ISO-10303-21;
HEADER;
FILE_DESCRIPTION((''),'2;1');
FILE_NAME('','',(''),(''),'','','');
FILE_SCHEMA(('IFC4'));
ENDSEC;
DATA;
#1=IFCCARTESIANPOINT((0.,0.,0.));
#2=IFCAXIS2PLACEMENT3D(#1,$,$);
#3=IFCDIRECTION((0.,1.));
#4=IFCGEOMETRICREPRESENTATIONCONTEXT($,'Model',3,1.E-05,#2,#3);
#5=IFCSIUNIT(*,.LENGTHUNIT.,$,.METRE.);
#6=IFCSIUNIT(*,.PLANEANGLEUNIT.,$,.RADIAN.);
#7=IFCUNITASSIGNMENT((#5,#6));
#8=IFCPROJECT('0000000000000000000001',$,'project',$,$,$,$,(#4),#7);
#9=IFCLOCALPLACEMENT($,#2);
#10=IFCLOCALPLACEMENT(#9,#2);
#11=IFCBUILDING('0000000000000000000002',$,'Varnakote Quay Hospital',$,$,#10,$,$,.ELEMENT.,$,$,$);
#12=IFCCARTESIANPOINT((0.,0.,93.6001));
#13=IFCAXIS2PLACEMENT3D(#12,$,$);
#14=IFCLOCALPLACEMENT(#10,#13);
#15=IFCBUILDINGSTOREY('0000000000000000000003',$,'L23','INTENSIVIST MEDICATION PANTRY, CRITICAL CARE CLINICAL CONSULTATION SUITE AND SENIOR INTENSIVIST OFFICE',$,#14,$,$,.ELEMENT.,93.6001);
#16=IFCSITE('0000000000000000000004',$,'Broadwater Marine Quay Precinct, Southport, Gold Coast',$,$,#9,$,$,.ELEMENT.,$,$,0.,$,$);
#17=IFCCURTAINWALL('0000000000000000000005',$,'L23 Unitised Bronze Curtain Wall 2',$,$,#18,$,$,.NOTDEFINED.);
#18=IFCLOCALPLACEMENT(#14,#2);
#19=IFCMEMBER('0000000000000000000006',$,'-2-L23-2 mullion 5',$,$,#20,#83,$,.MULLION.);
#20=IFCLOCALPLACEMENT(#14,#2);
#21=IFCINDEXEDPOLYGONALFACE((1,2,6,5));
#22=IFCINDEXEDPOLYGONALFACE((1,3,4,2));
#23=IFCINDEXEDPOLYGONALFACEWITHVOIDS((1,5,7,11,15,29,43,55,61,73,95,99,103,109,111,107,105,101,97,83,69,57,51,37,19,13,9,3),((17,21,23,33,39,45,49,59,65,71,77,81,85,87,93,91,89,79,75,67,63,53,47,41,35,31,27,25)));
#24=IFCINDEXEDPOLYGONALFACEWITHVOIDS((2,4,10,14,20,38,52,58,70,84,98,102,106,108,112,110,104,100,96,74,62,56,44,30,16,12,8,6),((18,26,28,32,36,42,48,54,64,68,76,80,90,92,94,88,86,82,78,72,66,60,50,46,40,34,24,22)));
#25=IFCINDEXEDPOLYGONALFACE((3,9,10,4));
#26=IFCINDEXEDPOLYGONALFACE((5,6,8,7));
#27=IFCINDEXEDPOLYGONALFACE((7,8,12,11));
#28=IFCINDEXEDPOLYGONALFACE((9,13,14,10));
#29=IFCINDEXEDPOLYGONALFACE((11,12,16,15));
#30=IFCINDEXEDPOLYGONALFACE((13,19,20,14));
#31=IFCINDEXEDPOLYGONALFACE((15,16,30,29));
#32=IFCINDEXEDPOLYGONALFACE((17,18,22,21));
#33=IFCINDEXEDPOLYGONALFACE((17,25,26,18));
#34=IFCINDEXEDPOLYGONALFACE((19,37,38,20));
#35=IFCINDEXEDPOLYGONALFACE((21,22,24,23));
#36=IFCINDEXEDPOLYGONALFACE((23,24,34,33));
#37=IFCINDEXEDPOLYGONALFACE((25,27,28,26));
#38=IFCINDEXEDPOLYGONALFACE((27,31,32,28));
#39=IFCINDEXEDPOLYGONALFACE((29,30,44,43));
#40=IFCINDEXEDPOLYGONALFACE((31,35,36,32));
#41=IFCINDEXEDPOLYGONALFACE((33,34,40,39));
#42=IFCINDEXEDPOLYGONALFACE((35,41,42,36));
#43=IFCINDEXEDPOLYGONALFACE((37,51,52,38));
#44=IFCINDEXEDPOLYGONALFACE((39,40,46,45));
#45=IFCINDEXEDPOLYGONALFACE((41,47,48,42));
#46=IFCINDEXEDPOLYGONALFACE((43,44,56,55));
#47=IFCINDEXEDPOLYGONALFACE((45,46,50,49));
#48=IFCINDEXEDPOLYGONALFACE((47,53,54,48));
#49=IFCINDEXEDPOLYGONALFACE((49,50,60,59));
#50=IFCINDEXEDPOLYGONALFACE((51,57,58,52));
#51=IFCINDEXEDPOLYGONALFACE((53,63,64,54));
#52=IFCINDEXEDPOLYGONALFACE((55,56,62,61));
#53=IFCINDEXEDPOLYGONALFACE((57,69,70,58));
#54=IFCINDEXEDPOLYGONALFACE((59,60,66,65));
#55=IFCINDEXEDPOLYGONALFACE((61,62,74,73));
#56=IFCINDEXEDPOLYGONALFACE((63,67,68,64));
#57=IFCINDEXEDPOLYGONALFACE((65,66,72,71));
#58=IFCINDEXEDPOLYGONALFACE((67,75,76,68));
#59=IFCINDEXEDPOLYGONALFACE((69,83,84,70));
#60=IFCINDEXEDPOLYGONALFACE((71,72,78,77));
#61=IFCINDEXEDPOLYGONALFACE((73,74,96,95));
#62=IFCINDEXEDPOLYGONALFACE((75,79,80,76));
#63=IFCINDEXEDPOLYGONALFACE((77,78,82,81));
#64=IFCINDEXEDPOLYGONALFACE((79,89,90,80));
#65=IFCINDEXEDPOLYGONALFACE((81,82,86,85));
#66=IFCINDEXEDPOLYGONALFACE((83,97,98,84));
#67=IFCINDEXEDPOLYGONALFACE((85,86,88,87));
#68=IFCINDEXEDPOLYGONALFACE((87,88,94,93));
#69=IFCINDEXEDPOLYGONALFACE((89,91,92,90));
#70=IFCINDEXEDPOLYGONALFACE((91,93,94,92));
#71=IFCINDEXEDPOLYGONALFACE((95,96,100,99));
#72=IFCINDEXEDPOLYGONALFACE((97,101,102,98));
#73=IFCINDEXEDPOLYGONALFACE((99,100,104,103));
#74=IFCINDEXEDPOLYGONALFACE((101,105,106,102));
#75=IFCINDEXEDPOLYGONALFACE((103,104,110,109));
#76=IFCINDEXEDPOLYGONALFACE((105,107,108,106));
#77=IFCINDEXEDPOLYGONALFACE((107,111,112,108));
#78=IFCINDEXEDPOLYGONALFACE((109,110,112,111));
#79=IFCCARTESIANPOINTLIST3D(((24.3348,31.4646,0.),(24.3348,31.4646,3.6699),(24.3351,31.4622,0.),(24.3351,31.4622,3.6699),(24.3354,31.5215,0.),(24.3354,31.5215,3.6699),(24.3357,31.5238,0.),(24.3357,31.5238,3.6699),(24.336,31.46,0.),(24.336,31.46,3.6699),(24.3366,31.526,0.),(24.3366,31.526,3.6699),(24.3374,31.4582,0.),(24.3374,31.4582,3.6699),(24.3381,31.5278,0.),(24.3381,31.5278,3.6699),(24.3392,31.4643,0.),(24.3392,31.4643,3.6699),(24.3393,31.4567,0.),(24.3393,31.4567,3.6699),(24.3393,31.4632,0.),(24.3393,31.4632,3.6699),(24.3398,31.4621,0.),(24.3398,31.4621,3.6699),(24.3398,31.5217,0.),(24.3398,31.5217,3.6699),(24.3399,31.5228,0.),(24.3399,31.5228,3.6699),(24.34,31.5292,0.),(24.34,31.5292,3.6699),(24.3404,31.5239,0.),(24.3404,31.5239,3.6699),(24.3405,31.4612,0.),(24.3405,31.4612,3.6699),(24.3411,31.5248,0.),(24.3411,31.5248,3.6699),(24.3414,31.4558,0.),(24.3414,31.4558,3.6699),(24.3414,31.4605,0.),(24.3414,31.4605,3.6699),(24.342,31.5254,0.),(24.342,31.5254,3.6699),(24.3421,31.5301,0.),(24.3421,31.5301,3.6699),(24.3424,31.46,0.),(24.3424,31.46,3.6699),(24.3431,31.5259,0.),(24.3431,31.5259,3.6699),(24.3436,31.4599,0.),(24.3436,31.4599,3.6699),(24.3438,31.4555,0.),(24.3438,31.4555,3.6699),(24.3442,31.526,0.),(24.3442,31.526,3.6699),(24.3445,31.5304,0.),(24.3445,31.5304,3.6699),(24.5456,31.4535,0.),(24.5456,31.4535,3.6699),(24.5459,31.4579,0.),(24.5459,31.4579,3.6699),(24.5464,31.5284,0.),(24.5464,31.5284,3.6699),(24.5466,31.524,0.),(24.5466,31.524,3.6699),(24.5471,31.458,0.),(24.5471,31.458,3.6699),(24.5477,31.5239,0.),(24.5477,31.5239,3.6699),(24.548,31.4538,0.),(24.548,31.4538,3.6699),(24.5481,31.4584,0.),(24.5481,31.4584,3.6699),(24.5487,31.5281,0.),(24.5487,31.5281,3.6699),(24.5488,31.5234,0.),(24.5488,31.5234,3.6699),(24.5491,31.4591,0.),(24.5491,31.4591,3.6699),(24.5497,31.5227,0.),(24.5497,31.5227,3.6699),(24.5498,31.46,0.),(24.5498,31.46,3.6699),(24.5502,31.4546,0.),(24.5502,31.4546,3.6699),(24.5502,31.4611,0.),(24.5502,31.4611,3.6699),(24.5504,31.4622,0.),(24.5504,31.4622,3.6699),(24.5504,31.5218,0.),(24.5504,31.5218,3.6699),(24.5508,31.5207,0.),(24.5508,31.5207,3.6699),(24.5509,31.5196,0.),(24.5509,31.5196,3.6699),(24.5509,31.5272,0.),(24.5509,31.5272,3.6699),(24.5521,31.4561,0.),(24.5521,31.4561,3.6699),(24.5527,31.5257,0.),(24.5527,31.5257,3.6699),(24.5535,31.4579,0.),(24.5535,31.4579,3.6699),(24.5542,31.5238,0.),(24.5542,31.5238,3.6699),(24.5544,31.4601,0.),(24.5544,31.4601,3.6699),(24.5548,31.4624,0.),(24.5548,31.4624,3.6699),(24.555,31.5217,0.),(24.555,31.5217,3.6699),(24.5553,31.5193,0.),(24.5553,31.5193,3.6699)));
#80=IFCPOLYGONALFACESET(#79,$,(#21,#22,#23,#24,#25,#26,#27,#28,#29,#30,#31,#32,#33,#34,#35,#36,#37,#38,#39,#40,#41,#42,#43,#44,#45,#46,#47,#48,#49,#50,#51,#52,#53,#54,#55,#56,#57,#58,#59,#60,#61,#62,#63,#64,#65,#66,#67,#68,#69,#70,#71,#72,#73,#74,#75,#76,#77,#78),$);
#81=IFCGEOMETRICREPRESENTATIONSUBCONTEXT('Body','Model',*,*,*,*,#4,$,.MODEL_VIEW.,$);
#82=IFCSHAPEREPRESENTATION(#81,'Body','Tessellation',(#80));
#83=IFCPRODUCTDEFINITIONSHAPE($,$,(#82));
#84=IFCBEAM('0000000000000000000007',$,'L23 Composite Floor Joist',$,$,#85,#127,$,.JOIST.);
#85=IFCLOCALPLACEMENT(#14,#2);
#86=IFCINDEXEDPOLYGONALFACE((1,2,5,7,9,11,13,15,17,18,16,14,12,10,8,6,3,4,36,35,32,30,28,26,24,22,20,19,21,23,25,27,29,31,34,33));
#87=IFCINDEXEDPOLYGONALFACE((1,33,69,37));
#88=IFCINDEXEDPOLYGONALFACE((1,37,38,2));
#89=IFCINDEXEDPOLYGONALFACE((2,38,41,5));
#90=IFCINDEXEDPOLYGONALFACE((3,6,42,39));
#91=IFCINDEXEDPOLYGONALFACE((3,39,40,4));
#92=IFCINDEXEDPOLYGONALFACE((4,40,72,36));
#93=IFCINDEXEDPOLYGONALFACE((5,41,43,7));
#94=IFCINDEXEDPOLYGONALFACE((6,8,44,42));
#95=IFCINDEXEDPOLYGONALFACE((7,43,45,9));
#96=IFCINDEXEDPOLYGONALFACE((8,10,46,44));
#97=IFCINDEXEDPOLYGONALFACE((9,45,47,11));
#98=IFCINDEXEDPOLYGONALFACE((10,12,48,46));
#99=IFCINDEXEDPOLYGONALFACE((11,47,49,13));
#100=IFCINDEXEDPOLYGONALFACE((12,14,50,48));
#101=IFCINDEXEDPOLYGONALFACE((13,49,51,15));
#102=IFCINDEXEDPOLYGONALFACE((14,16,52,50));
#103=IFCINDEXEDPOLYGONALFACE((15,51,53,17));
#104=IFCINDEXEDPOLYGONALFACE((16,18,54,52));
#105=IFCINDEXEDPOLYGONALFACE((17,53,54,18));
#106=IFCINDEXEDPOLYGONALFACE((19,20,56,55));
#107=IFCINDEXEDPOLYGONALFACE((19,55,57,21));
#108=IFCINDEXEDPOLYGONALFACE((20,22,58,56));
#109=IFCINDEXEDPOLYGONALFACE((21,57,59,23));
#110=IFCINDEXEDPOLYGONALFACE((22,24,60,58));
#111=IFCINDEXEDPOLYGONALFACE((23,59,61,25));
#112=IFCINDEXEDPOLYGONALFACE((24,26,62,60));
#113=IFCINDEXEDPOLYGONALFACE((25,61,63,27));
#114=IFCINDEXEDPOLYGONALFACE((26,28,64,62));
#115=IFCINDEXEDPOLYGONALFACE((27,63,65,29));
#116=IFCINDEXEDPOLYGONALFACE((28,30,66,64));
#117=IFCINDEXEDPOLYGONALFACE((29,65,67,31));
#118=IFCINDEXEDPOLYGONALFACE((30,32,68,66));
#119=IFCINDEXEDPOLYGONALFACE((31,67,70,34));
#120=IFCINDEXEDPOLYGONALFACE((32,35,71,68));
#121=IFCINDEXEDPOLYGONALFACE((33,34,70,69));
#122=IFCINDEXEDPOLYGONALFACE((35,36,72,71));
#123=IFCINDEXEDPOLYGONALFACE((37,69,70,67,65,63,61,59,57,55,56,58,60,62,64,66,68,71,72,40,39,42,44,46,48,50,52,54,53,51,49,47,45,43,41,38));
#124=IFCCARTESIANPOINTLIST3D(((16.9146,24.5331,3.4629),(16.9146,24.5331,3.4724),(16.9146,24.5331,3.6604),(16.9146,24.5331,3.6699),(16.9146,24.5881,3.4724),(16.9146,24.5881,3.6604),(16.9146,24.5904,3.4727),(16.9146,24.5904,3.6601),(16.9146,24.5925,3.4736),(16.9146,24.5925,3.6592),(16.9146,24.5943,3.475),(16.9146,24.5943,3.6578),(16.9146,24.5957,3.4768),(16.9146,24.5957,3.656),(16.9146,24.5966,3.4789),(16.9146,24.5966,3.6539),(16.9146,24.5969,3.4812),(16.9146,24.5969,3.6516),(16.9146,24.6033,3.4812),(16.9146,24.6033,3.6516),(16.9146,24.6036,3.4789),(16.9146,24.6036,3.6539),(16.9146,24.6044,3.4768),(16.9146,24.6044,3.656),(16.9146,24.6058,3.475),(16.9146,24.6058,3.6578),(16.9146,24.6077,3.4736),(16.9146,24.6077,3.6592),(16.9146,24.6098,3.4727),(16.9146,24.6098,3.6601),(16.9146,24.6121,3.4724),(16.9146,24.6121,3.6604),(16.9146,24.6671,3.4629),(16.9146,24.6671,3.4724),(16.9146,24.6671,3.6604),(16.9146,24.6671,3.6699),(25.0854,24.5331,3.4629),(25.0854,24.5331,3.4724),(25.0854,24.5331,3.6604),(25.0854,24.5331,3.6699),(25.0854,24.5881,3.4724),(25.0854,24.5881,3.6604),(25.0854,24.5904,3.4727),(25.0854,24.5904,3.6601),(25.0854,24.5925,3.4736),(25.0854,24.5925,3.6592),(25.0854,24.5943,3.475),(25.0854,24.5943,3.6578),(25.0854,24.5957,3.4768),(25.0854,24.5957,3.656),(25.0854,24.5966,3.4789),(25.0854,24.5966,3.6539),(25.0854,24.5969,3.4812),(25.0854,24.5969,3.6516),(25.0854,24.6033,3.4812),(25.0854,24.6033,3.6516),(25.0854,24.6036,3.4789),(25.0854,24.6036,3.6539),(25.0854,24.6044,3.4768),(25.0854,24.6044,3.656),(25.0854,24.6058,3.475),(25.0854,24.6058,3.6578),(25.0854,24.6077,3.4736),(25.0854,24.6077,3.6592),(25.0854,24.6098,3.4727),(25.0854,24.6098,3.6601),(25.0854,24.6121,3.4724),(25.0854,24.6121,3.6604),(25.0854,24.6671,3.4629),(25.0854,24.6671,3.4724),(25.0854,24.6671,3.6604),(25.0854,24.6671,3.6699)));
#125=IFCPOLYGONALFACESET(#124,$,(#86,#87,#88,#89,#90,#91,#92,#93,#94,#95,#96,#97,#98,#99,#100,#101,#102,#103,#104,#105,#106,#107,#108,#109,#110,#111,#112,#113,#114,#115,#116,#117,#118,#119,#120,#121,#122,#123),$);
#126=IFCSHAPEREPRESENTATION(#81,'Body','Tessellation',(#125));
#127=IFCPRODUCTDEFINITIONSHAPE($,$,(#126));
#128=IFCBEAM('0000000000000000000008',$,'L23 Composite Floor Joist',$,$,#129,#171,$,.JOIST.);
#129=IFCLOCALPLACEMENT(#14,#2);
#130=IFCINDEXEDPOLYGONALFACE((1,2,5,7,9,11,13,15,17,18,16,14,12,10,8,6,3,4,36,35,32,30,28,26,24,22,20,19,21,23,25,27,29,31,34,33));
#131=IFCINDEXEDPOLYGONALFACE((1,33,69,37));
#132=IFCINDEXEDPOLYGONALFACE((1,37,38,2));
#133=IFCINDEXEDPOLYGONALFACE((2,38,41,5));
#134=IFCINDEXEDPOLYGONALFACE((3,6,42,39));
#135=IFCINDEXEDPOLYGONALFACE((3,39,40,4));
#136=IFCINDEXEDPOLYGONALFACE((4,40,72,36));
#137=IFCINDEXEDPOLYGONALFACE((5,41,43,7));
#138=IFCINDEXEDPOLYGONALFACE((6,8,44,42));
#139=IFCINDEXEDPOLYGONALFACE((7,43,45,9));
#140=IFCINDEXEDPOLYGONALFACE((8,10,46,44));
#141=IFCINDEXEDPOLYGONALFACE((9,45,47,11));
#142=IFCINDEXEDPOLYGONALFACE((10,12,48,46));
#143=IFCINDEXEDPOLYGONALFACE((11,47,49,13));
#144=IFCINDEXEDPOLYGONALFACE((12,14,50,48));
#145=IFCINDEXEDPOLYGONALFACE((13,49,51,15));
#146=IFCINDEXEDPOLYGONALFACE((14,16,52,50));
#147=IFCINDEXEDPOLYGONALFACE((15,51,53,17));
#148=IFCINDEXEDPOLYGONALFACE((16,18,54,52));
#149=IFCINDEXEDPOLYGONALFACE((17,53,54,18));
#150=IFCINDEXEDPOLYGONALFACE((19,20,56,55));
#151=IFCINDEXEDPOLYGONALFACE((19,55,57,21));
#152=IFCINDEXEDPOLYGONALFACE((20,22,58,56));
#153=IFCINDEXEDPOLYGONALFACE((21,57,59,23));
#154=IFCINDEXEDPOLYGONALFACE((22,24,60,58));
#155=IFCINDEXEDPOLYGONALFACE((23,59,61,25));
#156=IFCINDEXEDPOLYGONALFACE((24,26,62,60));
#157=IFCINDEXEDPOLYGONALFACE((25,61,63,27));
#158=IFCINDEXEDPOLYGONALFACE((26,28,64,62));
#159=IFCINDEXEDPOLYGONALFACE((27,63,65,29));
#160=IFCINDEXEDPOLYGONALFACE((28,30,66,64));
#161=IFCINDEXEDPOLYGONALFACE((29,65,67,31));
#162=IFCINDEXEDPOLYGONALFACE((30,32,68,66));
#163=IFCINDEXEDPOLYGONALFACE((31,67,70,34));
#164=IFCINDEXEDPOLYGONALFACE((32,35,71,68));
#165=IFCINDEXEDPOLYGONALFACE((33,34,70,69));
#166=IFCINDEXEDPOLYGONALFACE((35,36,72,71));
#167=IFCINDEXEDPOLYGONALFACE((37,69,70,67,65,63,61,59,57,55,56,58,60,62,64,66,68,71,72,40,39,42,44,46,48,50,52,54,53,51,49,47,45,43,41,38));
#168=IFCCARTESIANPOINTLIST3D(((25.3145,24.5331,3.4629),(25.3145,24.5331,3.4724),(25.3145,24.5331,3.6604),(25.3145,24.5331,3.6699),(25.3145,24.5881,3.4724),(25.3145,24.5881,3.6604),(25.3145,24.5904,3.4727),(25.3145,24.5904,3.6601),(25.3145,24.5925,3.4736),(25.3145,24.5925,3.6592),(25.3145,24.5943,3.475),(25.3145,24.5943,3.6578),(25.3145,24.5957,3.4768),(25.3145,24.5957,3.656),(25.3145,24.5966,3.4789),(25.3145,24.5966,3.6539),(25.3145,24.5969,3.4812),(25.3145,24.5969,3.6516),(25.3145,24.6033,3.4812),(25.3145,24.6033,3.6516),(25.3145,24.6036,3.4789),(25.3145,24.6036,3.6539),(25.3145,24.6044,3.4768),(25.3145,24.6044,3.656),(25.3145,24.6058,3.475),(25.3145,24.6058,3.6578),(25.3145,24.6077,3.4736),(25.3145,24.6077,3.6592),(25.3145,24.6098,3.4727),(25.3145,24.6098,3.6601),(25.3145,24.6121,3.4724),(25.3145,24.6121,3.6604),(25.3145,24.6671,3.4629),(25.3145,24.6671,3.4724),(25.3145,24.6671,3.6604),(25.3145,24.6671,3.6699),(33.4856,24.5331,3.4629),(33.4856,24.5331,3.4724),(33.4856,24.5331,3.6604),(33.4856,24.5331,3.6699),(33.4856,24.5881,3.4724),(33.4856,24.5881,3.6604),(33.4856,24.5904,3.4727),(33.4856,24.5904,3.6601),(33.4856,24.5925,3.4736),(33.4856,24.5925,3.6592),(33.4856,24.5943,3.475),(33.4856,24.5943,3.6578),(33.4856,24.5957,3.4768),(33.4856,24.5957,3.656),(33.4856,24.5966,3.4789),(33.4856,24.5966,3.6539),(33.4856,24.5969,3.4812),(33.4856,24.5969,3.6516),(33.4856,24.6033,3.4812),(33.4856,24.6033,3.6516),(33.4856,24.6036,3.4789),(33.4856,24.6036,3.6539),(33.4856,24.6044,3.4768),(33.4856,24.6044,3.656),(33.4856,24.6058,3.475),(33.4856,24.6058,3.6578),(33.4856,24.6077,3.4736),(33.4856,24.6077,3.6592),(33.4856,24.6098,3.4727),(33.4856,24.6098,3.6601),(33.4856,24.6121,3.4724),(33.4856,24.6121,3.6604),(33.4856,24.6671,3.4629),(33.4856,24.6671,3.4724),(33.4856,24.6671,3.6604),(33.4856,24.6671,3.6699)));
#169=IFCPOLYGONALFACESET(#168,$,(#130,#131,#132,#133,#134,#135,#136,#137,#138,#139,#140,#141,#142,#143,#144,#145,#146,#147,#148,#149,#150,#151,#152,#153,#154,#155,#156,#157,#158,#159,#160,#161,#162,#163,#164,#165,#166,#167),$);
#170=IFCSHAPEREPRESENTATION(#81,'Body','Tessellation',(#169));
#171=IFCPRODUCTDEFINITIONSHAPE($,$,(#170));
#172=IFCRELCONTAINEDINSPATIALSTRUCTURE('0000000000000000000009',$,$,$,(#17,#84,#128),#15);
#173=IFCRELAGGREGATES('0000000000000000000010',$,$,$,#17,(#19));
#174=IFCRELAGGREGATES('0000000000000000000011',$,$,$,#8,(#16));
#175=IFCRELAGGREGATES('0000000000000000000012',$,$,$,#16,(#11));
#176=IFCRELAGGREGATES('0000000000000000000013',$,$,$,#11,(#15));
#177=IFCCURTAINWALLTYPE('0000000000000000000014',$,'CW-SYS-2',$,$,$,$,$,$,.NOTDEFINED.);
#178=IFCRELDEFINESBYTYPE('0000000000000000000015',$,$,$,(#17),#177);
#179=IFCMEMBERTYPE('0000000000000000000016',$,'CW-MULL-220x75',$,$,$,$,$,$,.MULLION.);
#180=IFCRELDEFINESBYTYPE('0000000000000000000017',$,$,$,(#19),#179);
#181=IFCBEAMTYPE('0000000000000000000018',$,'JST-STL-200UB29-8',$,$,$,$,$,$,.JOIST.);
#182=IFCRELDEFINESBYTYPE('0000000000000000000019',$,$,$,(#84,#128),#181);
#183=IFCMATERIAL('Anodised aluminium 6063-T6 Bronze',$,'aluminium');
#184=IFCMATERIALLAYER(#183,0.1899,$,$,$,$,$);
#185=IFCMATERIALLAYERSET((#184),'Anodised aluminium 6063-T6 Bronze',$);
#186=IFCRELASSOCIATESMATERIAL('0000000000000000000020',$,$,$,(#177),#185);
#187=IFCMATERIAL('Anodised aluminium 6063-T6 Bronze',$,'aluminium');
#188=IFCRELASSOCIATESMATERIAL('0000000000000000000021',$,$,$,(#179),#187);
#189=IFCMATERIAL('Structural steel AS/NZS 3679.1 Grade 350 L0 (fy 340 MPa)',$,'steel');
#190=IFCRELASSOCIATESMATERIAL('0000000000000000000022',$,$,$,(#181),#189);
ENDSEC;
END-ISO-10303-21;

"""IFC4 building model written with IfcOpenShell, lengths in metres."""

from ifc_helpers import new_model, si_unit, direction, frame, origin, origin_2d, place, context, subcontext, project, spatial, hollow_rectangle, i_section, extrude, material, layer, layer_set, material_profile, profile_set, type_object, element, aggregate, save


model = new_model("IFC4")

# Units and contexts
model_context = context("Model", 3, precision=1e-05, world=origin(), true_north=direction((0.0, 1.0)))
body_context = subcontext(model_context, "Body", "Model", "MODEL_VIEW")
ifc_project = project(units=[si_unit("LENGTHUNIT", "METRE"), si_unit("PLANEANGLEUNIT", "RADIAN")], contexts=[model_context])

# Site, building, storey
site_placement = place(None, origin())
site = spatial("IfcSite", under=ifc_project, at=site_placement, Name="Broadwater Marine Quay Precinct, Southport, Gold Coast", CompositionType="ELEMENT", RefElevation=0.0)
building_placement = place(site_placement, origin())
building = spatial("IfcBuilding", under=site, at=building_placement, Name="Varnakote Quay Hospital", CompositionType="ELEMENT")
storey_placement = place(building_placement, frame((0.0, 0.0, 93.6001)))
storey = spatial("IfcBuildingStorey", under=building, at=storey_placement, Name="L23", Description="INTENSIVIST MEDICATION PANTRY, CRITICAL CARE CLINICAL CONSULTATION SUITE AND SENIOR INTENSIVIST OFFICE", CompositionType="ELEMENT", Elevation=93.6001)

# Curtain wall, member
ifc_material_1 = material(Name="Anodised aluminium 6063-T6 Bronze", Category="aluminium")
ifc_layer_1 = layer(ifc_material_1, 0.1899)
ifc_layer_set_1 = layer_set([ifc_layer_1], Name="Anodised aluminium 6063-T6 Bronze")
curtain_wall_type = type_object("IfcCurtainWallType", Name="CW-SYS-2", PredefinedType="NOTDEFINED", material=ifc_layer_set_1)
curtain_wall_placement = place(storey_placement, origin())
curtain_wall = element("IfcCurtainWall", 1, at=curtain_wall_placement, inside=storey, type_object=curtain_wall_type, Name="L23 Unitised Bronze Curtain Wall 2", PredefinedType="NOTDEFINED")
ifc_material_2 = material(Name="Anodised aluminium 6063-T6 Bronze", Category="aluminium")
ifc_material_profile_1 = material_profile(ifc_material_2, hollow_rectangle(XDim=0.075, YDim=0.22, WallThickness=0.0044, InnerFilletRadius=0.0044, OuterFilletRadius=0.009, at=origin_2d()), Name="CW-MULL-220x75")
ifc_profile_set_1 = profile_set([ifc_material_profile_1], Name="Anodised aluminium 6063-T6 Bronze")
member_type = type_object("IfcMemberType", Name="CW-MULL-220x75", PredefinedType="MULLION", material=ifc_profile_set_1)
member_placement = place(storey_placement, frame((24.4451, 31.4919, 0.0), z_axis=(0.0, 0.0, 1.0), x_axis=(-0.009774, -0.999952, 0.0)))
member = element("IfcMember", 2, at=member_placement, type_object=member_type, Name="-2-L23-2 mullion 5", PredefinedType="MULLION", context=body_context, shape_type="SweptSolid", body=[
    extrude(hollow_rectangle(XDim=0.075, YDim=0.22, WallThickness=0.0044, InnerFilletRadius=0.0044, OuterFilletRadius=0.009, at=origin_2d()), origin(), (0.0, 0.0, 1.0), 3.6699),
])

# Beams
ifc_material_3 = material(Name="Structural steel AS/NZS 3679.1 Grade 350 L0 (fy 340 MPa)", Category="steel")
ifc_material_profile_2 = material_profile(ifc_material_3, i_section(OverallWidth=0.134, OverallDepth=0.207, WebThickness=0.0063, FlangeThickness=0.0095, FilletRadius=0.0088, at=origin_2d()), Name="200UB29.8")
ifc_profile_set_2 = profile_set([ifc_material_profile_2], Name="Structural steel AS/NZS 3679.1 Grade 350 L0 (fy 340 MPa)")
beam_type_1 = type_object("IfcBeamType", Name="JST-STL-200UB29-8", PredefinedType="JOIST", material=ifc_profile_set_2)
beam_1_placement = place(storey_placement, frame((16.9146, 24.6001, 3.5664), z_axis=(1.0, 0.0, 0.0), x_axis=(0.0, 1.0, 0.0)))
element("IfcBeam", 3, at=beam_1_placement, inside=storey, type_object=beam_type_1, Name="L23 Composite Floor Joist", PredefinedType="JOIST", context=body_context, shape_type="SweptSolid", body=[
    extrude(i_section(OverallWidth=0.134, OverallDepth=0.207, WebThickness=0.0063, FlangeThickness=0.0095, FilletRadius=0.0088, at=origin_2d()), origin(), (0.0, 0.0, 1.0), 8.1709),
])
beam_2_placement = place(storey_placement, frame((25.3145, 24.6001, 3.5664), z_axis=(1.0, 0.0, 0.0), x_axis=(0.0, 1.0, 0.0)))
element("IfcBeam", 4, at=beam_2_placement, inside=storey, type_object=beam_type_1, Name="L23 Composite Floor Joist", PredefinedType="JOIST", context=body_context, shape_type="SweptSolid", body=[
    extrude(i_section(OverallWidth=0.134, OverallDepth=0.207, WebThickness=0.0063, FlangeThickness=0.0095, FilletRadius=0.0088, at=origin_2d()), origin(), (0.0, 0.0, 1.0), 8.1711),
])

aggregate(curtain_wall, [member])

save(model, "model.ifc")
